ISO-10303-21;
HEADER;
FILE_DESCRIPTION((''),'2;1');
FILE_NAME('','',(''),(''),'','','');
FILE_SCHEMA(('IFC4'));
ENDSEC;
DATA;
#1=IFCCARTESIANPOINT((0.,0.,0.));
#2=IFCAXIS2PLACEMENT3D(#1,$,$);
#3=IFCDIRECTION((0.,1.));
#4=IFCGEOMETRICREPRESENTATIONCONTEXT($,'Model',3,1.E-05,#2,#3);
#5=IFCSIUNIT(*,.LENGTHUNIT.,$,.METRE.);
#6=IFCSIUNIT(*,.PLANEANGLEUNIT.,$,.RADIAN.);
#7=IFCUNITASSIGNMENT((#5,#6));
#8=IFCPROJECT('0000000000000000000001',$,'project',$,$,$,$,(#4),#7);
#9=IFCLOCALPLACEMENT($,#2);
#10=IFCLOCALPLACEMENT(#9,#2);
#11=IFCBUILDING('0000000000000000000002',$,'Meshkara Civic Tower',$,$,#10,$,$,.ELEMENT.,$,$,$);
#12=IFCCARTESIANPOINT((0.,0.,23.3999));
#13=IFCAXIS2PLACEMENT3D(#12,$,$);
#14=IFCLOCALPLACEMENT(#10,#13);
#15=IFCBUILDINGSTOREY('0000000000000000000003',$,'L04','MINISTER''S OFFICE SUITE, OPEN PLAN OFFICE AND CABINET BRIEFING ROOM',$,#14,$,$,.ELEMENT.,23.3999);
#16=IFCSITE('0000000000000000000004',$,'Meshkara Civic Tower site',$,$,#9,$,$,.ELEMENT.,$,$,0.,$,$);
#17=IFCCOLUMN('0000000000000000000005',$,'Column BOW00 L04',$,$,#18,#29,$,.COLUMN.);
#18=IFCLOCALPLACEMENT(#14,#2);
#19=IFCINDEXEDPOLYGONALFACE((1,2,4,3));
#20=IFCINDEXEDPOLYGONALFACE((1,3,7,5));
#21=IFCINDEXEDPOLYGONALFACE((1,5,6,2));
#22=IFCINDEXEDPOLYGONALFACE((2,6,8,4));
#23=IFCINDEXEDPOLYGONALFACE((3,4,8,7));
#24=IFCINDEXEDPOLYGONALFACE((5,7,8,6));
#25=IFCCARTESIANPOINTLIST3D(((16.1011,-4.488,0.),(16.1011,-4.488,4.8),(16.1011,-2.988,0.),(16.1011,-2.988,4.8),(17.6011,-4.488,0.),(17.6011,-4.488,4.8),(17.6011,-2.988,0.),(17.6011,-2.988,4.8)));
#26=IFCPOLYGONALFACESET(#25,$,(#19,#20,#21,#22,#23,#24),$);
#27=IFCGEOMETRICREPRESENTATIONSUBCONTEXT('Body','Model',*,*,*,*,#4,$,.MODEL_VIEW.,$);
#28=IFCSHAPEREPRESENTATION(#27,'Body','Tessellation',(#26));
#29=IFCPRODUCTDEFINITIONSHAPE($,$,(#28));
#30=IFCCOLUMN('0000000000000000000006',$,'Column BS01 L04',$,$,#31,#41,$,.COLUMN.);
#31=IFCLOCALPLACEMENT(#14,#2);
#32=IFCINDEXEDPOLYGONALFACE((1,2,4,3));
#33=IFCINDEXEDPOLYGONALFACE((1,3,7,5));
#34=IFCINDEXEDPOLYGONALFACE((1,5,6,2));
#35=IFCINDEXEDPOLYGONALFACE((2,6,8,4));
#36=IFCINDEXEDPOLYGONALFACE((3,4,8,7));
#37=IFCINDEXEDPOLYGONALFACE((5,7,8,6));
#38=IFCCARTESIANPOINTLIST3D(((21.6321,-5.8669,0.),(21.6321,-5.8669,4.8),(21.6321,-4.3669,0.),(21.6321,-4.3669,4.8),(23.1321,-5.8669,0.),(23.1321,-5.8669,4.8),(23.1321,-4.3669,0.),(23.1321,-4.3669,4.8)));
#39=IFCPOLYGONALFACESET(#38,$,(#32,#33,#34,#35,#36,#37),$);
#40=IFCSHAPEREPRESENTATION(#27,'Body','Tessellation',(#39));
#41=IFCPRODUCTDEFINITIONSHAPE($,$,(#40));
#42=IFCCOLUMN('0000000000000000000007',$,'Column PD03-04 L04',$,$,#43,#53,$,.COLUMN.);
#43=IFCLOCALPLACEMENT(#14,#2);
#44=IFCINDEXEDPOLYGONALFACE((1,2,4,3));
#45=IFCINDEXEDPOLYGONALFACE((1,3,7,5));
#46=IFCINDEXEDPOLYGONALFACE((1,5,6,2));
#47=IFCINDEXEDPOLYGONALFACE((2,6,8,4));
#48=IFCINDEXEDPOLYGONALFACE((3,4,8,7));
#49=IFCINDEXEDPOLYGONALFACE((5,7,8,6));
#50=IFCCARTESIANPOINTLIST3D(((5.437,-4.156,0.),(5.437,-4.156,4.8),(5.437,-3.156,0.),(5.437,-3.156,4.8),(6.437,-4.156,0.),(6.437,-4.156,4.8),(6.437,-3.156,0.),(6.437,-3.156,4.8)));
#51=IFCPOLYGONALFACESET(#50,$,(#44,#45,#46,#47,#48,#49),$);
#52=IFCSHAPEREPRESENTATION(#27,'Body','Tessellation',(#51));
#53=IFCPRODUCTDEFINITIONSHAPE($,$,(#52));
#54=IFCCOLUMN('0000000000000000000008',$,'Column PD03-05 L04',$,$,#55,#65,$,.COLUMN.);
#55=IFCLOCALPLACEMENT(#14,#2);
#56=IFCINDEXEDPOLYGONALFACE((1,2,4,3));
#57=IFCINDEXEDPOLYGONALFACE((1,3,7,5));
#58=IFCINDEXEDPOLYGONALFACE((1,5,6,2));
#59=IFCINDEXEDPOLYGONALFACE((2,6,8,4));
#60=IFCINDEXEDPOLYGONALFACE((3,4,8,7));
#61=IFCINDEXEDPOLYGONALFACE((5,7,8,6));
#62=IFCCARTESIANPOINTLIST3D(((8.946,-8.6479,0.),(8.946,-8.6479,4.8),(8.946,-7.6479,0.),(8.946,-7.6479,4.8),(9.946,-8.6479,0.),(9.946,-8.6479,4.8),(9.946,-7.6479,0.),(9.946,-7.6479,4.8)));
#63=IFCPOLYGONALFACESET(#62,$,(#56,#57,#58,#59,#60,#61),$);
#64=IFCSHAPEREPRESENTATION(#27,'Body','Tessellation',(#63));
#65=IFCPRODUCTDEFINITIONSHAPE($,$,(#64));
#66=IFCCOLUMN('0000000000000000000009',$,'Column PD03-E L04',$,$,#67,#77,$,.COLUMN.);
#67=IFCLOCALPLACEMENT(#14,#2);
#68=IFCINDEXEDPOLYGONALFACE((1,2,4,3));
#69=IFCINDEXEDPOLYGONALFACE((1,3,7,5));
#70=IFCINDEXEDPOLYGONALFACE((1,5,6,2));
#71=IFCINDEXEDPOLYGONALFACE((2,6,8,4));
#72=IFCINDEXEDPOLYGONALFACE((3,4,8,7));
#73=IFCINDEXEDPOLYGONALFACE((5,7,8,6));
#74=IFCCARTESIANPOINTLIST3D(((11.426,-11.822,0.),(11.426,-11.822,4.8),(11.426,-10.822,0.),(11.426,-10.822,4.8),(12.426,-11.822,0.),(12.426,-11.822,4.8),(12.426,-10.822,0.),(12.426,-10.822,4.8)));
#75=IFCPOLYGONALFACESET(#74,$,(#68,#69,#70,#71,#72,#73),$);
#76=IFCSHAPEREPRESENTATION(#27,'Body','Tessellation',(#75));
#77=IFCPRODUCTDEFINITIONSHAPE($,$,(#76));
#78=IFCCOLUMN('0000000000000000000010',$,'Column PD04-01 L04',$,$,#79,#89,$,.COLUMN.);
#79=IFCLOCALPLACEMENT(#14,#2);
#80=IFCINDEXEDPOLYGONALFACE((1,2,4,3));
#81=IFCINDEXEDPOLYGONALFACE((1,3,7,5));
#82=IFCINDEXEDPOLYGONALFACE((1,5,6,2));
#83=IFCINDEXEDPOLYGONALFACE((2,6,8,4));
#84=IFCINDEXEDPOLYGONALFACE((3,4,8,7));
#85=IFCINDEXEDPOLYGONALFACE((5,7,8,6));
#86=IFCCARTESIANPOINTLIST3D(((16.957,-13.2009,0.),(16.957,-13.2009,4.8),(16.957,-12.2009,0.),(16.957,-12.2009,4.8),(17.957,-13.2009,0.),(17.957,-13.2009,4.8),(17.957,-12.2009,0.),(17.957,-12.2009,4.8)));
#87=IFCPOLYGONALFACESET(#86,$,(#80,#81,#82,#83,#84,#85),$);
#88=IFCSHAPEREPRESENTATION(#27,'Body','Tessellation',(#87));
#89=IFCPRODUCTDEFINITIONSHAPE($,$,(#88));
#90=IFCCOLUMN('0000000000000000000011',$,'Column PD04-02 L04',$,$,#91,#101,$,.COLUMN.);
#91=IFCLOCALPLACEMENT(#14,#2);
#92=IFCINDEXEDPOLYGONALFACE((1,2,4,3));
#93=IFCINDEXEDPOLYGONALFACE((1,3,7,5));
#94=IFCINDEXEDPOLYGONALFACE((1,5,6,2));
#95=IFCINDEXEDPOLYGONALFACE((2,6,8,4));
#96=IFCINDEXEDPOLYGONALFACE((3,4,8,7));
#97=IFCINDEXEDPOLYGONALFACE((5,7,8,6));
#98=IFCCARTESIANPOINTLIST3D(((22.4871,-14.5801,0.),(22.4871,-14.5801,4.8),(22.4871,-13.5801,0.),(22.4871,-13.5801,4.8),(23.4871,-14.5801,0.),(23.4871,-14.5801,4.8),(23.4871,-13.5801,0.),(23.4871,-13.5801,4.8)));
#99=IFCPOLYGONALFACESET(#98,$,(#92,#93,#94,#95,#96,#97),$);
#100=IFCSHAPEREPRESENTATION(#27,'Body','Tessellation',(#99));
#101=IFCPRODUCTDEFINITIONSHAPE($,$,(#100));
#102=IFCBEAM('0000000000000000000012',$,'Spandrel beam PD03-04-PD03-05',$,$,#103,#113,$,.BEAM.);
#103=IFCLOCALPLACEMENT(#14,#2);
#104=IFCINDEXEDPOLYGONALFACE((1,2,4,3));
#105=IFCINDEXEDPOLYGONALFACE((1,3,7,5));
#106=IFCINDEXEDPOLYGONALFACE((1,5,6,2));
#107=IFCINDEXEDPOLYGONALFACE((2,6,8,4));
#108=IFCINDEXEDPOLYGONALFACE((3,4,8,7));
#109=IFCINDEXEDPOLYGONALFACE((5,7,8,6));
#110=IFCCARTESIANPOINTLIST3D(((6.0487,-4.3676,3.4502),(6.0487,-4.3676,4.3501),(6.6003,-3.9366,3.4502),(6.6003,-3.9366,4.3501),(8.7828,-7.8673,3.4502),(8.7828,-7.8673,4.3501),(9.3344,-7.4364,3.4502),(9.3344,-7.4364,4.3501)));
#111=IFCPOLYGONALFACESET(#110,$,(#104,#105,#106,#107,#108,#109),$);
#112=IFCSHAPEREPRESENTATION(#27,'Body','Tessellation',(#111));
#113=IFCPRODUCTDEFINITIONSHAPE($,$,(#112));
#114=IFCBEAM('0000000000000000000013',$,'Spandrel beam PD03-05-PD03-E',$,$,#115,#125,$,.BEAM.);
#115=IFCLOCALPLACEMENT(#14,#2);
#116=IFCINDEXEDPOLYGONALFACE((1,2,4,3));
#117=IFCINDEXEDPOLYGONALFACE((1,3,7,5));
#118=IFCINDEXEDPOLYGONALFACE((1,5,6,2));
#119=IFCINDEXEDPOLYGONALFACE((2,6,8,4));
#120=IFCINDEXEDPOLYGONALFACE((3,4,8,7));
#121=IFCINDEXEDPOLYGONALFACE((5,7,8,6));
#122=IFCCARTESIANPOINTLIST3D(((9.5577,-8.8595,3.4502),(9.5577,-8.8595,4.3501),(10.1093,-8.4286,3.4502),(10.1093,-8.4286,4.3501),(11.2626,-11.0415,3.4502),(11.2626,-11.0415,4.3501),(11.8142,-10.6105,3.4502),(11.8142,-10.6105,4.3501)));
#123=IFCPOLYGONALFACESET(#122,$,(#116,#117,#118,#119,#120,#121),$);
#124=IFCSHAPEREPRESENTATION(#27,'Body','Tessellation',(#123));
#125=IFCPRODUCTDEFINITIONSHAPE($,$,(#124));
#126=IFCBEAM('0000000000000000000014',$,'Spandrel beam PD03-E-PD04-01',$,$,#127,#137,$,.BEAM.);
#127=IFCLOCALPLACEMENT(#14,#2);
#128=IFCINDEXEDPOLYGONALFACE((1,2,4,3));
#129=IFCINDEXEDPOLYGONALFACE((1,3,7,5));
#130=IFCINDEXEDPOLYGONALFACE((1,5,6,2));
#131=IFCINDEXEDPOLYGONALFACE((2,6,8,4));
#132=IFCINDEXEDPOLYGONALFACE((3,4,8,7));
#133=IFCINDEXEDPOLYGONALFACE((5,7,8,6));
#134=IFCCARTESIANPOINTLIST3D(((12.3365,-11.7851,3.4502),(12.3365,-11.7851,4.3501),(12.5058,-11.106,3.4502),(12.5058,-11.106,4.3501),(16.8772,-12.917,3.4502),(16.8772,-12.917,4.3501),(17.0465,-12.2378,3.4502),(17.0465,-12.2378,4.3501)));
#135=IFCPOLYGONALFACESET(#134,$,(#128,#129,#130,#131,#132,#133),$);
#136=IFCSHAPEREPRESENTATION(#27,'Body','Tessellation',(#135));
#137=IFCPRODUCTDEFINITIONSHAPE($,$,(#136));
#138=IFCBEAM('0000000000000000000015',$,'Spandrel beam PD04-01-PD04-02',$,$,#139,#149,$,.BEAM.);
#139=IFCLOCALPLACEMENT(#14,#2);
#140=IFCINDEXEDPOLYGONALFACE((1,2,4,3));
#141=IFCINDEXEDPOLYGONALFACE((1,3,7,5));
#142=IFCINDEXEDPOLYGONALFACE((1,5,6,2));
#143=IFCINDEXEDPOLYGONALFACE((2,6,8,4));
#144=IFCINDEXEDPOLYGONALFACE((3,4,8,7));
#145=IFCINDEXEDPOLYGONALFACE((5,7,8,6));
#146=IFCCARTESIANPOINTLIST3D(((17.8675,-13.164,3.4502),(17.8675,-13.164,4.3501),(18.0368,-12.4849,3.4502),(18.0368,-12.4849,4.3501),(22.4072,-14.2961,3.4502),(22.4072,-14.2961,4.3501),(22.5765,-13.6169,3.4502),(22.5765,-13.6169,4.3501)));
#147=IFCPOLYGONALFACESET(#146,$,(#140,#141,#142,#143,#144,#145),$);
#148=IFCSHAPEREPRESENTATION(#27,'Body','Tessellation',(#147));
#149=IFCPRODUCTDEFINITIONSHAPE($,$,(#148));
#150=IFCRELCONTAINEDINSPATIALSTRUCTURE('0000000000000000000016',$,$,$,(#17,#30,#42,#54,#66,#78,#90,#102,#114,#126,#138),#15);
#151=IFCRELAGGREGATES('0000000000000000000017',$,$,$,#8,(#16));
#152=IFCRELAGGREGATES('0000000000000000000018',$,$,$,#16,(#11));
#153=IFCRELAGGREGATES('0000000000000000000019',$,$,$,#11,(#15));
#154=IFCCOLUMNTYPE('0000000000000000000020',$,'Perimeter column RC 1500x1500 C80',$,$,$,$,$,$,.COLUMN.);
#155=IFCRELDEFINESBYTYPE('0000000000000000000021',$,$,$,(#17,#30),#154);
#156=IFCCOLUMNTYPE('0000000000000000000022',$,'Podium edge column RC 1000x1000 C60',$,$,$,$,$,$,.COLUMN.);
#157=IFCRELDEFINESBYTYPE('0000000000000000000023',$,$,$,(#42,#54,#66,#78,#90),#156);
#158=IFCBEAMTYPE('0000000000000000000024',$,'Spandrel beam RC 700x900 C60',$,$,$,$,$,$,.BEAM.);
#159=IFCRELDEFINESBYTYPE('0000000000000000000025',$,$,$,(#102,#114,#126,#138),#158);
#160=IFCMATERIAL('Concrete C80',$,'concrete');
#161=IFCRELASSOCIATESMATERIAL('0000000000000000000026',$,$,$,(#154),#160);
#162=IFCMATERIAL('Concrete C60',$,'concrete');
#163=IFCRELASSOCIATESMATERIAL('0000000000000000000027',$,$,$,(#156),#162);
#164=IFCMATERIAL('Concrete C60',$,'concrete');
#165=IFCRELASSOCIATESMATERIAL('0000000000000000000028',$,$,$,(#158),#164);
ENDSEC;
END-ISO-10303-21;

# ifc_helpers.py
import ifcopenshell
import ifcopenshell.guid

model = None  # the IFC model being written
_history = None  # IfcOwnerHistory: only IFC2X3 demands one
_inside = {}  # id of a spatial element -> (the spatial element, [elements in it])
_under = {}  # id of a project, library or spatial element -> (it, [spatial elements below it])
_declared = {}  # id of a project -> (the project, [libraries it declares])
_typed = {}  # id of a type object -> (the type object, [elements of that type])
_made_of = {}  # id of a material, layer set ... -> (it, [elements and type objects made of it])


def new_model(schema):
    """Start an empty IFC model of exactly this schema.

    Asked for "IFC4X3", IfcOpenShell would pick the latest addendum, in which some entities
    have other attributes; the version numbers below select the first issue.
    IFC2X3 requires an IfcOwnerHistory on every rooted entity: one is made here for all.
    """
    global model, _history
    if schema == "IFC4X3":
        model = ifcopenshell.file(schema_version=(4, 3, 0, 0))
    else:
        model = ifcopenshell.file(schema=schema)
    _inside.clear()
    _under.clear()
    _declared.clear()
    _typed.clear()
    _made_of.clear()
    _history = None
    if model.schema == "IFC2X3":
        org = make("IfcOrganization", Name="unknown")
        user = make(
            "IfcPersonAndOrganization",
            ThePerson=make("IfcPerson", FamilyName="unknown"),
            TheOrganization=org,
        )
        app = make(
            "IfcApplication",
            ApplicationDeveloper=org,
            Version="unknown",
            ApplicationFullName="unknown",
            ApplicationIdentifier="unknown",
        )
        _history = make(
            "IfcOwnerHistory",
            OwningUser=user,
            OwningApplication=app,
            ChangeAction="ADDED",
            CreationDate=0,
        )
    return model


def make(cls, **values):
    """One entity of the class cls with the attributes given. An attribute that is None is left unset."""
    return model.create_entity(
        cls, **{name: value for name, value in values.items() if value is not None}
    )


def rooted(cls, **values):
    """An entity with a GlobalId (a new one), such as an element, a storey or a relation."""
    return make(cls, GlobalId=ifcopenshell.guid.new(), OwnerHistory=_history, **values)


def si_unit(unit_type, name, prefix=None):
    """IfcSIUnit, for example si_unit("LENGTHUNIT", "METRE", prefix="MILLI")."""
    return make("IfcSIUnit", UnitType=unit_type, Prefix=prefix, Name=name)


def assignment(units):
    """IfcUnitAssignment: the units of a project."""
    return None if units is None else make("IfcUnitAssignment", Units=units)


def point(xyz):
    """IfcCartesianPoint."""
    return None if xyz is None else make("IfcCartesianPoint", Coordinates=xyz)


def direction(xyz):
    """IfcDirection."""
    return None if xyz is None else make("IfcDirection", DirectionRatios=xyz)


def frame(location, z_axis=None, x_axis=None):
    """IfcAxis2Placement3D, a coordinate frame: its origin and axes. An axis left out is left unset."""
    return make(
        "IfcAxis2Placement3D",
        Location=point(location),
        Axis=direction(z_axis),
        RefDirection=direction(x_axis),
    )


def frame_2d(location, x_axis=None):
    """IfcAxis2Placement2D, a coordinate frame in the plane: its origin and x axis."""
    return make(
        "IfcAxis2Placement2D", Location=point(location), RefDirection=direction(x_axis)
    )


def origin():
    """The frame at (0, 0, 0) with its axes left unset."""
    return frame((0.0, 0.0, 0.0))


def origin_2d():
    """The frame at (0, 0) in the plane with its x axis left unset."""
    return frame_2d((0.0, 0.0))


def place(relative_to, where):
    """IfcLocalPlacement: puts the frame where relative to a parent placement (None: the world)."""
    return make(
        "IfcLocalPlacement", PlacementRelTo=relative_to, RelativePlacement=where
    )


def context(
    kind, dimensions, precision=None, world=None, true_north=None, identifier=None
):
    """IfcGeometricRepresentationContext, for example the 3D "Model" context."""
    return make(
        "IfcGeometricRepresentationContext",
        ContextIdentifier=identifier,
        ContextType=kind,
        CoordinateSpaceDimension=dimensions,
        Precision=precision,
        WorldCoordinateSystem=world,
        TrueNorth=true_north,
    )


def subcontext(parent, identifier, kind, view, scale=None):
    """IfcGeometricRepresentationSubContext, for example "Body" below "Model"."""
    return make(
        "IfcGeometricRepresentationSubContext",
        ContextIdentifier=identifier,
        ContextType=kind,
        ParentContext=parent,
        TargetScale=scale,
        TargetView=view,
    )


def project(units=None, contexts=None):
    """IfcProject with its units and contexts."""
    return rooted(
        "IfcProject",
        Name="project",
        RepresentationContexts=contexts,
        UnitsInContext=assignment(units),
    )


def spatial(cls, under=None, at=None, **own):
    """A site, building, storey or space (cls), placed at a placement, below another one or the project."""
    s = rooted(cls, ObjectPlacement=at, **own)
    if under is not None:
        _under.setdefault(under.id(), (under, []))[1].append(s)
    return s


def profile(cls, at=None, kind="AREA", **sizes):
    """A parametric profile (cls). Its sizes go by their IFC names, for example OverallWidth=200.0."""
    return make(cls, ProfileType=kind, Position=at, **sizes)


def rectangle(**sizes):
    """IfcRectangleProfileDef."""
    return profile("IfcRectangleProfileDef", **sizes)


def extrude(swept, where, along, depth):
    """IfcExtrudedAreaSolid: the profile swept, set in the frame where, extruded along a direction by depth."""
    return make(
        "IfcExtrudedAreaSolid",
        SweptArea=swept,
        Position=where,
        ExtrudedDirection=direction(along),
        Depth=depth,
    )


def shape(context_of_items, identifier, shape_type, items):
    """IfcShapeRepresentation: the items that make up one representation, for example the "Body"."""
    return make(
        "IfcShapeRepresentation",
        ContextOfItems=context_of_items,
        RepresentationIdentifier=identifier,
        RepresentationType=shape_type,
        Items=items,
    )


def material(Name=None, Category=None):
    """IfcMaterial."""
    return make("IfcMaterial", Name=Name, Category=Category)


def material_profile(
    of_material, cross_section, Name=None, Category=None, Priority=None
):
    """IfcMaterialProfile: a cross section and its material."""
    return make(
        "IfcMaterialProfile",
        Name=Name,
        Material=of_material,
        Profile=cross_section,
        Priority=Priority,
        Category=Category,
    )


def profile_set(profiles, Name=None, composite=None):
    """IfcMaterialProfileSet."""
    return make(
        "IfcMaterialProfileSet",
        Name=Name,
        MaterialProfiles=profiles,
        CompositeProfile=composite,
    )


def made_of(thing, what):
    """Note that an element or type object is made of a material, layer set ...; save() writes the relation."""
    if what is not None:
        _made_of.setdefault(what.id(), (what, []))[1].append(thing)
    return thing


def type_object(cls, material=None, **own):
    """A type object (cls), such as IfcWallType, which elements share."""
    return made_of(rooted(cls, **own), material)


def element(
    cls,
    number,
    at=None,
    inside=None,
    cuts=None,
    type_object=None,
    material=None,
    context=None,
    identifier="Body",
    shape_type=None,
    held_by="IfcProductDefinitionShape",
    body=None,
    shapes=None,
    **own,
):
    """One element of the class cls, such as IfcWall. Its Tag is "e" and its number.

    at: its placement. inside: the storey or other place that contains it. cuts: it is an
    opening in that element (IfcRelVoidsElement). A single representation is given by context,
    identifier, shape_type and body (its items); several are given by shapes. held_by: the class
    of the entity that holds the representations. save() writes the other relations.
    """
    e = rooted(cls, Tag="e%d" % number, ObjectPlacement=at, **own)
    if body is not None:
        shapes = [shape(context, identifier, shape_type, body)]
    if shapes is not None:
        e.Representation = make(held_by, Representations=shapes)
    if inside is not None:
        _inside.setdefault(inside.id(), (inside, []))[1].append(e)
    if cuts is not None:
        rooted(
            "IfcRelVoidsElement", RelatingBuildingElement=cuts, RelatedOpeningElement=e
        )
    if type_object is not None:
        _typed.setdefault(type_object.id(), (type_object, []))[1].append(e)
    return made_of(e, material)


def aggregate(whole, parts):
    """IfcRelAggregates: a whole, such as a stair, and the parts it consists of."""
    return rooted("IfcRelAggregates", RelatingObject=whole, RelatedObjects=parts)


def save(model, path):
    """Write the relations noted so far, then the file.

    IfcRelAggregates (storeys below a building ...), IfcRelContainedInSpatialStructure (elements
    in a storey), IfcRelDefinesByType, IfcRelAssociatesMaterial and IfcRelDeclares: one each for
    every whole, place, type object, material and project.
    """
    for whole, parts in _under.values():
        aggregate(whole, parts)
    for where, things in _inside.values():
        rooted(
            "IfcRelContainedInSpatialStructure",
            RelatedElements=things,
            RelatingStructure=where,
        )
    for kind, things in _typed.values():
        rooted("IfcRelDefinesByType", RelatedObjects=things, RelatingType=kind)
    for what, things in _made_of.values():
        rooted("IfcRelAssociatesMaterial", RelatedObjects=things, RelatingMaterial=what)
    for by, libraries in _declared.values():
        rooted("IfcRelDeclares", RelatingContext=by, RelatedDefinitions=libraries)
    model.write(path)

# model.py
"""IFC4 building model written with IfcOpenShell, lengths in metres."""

from ifc_helpers import new_model, si_unit, direction, frame, origin, origin_2d, place, context, subcontext, project, spatial, rectangle, extrude, material, material_profile, profile_set, type_object, element, save


model = new_model("IFC4")

# Units and contexts
model_context = context("Model", 3, precision=1e-05, world=origin(), true_north=direction((0.0, 1.0)))
body_context = subcontext(model_context, "Body", "Model", "MODEL_VIEW")
ifc_project = project(units=[si_unit("LENGTHUNIT", "METRE"), si_unit("PLANEANGLEUNIT", "RADIAN")], contexts=[model_context])

# Site, building, storey
site_placement = place(None, origin())
site = spatial("IfcSite", under=ifc_project, at=site_placement, Name="Meshkara Civic Tower site", CompositionType="ELEMENT", RefElevation=0.0)
building_placement = place(site_placement, origin())
building = spatial("IfcBuilding", under=site, at=building_placement, Name="Meshkara Civic Tower", CompositionType="ELEMENT")
storey_placement = place(building_placement, frame((0.0, 0.0, 23.3999)))
storey = spatial("IfcBuildingStorey", under=building, at=storey_placement, Name="L04", Description="MINISTER'S OFFICE SUITE, OPEN PLAN OFFICE AND CABINET BRIEFING ROOM", CompositionType="ELEMENT", Elevation=23.3999)

# Columns
ifc_material_1 = material(Name="Concrete C80", Category="concrete")
ifc_material_profile_1 = material_profile(ifc_material_1, rectangle(XDim=1.5, YDim=1.5, at=origin_2d()))
ifc_profile_set_1 = profile_set([ifc_material_profile_1], Name="Concrete C80")
column_type_1 = type_object("IfcColumnType", Name="Perimeter column RC 1500x1500 C80", PredefinedType="COLUMN", material=ifc_profile_set_1)
for number, where, z_axis, x_axis, name in (
    (1, (16.8511, -3.738, 0.0), (0.0, 0.0, 1.0), (1.0, 0.0, 0.0), "Column BOW00 L04"),
    (2, (22.3821, -5.1169, 0.0), (0.0, 0.0, 1.0), (1.0, 0.0, 0.0), "Column BS01 L04"),
):
    element("IfcColumn", number, at=place(storey_placement, frame(where, z_axis=z_axis, x_axis=x_axis)), inside=storey, type_object=column_type_1, Name=name, PredefinedType="COLUMN", context=body_context, shape_type="SweptSolid", body=[
        extrude(rectangle(XDim=1.5, YDim=1.5, at=origin_2d()), origin(), (0.0, 0.0, 1.0), 4.8),
    ])
ifc_material_2 = material(Name="Concrete C60", Category="concrete")
ifc_material_profile_2 = material_profile(ifc_material_2, rectangle(XDim=1.0, YDim=1.0, at=origin_2d()))
ifc_profile_set_2 = profile_set([ifc_material_profile_2], Name="Concrete C60")
column_type_2 = type_object("IfcColumnType", Name="Podium edge column RC 1000x1000 C60", PredefinedType="COLUMN", material=ifc_profile_set_2)
for number, where, z_axis, x_axis, name in (
    (3, (5.937, -3.656, 0.0), (0.0, 0.0, 1.0), (1.0, 0.0, 0.0), "Column PD03-04 L04"),
    (4, (9.446, -8.1479, 0.0), (0.0, 0.0, 1.0), (1.0, 0.0, 0.0), "Column PD03-05 L04"),
    (5, (11.926, -11.322, 0.0), (0.0, 0.0, 1.0), (1.0, 0.0, 0.0), "Column PD03-E L04"),
    (6, (17.457, -12.7009, 0.0), (0.0, 0.0, 1.0), (1.0, 0.0, 0.0), "Column PD04-01 L04"),
    (7, (22.9871, -14.0801, 0.0), (0.0, 0.0, 1.0), (1.0, 0.0, 0.0), "Column PD04-02 L04"),
):
    element("IfcColumn", number, at=place(storey_placement, frame(where, z_axis=z_axis, x_axis=x_axis)), inside=storey, type_object=column_type_2, Name=name, PredefinedType="COLUMN", context=body_context, shape_type="SweptSolid", body=[
        extrude(rectangle(XDim=1.0, YDim=1.0, at=origin_2d()), origin(), (0.0, 0.0, 1.0), 4.8),
    ])

# Beams
ifc_material_3 = material(Name="Concrete C60", Category="concrete")
ifc_material_profile_3 = material_profile(ifc_material_3, rectangle(XDim=0.7, YDim=0.8999, at=origin_2d()))
ifc_profile_set_3 = profile_set([ifc_material_profile_3], Name="Concrete C60")
beam_type = type_object("IfcBeamType", Name="Spandrel beam RC 700x900 C60", PredefinedType="BEAM", material=ifc_profile_set_3)
beam_1_placement = place(storey_placement, frame((6.3245, -4.1521, 3.9001), z_axis=(0.615637, -0.78803, 0.0), x_axis=(0.78803, 0.615637, 0.0)))
element("IfcBeam", 8, at=beam_1_placement, inside=storey, type_object=beam_type, Name="Spandrel beam PD03-04-PD03-05", PredefinedType="BEAM", context=body_context, shape_type="SweptSolid", body=[
    extrude(rectangle(XDim=0.7, YDim=0.8999, at=origin_2d()), origin(), (0.0, 0.0, 1.0), 4.4412),
])
beam_2_placement = place(storey_placement, frame((9.8335, -8.644, 3.9001), z_axis=(0.615697, -0.787983, 0.0), x_axis=(0.787983, 0.615697, 0.0)))
element("IfcBeam", 9, at=beam_2_placement, inside=storey, type_object=beam_type, Name="Spandrel beam PD03-05-PD03-E", PredefinedType="BEAM", context=body_context, shape_type="SweptSolid", body=[
    extrude(rectangle(XDim=0.7, YDim=0.8999, at=origin_2d()), origin(), (0.0, 0.0, 1.0), 2.769),
])
beam_3_placement = place(storey_placement, frame((12.4211, -11.4456, 3.9001), z_axis=(0.970311, -0.24186, 0.0), x_axis=(0.24186, 0.970311, 0.0)))
element("IfcBeam", 10, at=beam_3_placement, inside=storey, type_object=beam_type, Name="Spandrel beam PD03-E-PD04-01", PredefinedType="BEAM", context=body_context, shape_type="SweptSolid", body=[
    extrude(rectangle(XDim=0.7, YDim=0.8999, at=origin_2d()), origin(), (0.0, 0.0, 1.0), 4.6797),
])
beam_4_placement = place(storey_placement, frame((17.9521, -12.8245, 3.9001), z_axis=(0.970287, -0.241959, 0.0), x_axis=(0.241959, 0.970287, 0.0)))
element("IfcBeam", 11, at=beam_4_placement, inside=storey, type_object=beam_type, Name="Spandrel beam PD04-01-PD04-02", PredefinedType="BEAM", context=body_context, shape_type="SweptSolid", body=[
    extrude(rectangle(XDim=0.7, YDim=0.8999, at=origin_2d()), origin(), (0.0, 0.0, 1.0), 4.6787),
])

save(model, "model.ifc")
